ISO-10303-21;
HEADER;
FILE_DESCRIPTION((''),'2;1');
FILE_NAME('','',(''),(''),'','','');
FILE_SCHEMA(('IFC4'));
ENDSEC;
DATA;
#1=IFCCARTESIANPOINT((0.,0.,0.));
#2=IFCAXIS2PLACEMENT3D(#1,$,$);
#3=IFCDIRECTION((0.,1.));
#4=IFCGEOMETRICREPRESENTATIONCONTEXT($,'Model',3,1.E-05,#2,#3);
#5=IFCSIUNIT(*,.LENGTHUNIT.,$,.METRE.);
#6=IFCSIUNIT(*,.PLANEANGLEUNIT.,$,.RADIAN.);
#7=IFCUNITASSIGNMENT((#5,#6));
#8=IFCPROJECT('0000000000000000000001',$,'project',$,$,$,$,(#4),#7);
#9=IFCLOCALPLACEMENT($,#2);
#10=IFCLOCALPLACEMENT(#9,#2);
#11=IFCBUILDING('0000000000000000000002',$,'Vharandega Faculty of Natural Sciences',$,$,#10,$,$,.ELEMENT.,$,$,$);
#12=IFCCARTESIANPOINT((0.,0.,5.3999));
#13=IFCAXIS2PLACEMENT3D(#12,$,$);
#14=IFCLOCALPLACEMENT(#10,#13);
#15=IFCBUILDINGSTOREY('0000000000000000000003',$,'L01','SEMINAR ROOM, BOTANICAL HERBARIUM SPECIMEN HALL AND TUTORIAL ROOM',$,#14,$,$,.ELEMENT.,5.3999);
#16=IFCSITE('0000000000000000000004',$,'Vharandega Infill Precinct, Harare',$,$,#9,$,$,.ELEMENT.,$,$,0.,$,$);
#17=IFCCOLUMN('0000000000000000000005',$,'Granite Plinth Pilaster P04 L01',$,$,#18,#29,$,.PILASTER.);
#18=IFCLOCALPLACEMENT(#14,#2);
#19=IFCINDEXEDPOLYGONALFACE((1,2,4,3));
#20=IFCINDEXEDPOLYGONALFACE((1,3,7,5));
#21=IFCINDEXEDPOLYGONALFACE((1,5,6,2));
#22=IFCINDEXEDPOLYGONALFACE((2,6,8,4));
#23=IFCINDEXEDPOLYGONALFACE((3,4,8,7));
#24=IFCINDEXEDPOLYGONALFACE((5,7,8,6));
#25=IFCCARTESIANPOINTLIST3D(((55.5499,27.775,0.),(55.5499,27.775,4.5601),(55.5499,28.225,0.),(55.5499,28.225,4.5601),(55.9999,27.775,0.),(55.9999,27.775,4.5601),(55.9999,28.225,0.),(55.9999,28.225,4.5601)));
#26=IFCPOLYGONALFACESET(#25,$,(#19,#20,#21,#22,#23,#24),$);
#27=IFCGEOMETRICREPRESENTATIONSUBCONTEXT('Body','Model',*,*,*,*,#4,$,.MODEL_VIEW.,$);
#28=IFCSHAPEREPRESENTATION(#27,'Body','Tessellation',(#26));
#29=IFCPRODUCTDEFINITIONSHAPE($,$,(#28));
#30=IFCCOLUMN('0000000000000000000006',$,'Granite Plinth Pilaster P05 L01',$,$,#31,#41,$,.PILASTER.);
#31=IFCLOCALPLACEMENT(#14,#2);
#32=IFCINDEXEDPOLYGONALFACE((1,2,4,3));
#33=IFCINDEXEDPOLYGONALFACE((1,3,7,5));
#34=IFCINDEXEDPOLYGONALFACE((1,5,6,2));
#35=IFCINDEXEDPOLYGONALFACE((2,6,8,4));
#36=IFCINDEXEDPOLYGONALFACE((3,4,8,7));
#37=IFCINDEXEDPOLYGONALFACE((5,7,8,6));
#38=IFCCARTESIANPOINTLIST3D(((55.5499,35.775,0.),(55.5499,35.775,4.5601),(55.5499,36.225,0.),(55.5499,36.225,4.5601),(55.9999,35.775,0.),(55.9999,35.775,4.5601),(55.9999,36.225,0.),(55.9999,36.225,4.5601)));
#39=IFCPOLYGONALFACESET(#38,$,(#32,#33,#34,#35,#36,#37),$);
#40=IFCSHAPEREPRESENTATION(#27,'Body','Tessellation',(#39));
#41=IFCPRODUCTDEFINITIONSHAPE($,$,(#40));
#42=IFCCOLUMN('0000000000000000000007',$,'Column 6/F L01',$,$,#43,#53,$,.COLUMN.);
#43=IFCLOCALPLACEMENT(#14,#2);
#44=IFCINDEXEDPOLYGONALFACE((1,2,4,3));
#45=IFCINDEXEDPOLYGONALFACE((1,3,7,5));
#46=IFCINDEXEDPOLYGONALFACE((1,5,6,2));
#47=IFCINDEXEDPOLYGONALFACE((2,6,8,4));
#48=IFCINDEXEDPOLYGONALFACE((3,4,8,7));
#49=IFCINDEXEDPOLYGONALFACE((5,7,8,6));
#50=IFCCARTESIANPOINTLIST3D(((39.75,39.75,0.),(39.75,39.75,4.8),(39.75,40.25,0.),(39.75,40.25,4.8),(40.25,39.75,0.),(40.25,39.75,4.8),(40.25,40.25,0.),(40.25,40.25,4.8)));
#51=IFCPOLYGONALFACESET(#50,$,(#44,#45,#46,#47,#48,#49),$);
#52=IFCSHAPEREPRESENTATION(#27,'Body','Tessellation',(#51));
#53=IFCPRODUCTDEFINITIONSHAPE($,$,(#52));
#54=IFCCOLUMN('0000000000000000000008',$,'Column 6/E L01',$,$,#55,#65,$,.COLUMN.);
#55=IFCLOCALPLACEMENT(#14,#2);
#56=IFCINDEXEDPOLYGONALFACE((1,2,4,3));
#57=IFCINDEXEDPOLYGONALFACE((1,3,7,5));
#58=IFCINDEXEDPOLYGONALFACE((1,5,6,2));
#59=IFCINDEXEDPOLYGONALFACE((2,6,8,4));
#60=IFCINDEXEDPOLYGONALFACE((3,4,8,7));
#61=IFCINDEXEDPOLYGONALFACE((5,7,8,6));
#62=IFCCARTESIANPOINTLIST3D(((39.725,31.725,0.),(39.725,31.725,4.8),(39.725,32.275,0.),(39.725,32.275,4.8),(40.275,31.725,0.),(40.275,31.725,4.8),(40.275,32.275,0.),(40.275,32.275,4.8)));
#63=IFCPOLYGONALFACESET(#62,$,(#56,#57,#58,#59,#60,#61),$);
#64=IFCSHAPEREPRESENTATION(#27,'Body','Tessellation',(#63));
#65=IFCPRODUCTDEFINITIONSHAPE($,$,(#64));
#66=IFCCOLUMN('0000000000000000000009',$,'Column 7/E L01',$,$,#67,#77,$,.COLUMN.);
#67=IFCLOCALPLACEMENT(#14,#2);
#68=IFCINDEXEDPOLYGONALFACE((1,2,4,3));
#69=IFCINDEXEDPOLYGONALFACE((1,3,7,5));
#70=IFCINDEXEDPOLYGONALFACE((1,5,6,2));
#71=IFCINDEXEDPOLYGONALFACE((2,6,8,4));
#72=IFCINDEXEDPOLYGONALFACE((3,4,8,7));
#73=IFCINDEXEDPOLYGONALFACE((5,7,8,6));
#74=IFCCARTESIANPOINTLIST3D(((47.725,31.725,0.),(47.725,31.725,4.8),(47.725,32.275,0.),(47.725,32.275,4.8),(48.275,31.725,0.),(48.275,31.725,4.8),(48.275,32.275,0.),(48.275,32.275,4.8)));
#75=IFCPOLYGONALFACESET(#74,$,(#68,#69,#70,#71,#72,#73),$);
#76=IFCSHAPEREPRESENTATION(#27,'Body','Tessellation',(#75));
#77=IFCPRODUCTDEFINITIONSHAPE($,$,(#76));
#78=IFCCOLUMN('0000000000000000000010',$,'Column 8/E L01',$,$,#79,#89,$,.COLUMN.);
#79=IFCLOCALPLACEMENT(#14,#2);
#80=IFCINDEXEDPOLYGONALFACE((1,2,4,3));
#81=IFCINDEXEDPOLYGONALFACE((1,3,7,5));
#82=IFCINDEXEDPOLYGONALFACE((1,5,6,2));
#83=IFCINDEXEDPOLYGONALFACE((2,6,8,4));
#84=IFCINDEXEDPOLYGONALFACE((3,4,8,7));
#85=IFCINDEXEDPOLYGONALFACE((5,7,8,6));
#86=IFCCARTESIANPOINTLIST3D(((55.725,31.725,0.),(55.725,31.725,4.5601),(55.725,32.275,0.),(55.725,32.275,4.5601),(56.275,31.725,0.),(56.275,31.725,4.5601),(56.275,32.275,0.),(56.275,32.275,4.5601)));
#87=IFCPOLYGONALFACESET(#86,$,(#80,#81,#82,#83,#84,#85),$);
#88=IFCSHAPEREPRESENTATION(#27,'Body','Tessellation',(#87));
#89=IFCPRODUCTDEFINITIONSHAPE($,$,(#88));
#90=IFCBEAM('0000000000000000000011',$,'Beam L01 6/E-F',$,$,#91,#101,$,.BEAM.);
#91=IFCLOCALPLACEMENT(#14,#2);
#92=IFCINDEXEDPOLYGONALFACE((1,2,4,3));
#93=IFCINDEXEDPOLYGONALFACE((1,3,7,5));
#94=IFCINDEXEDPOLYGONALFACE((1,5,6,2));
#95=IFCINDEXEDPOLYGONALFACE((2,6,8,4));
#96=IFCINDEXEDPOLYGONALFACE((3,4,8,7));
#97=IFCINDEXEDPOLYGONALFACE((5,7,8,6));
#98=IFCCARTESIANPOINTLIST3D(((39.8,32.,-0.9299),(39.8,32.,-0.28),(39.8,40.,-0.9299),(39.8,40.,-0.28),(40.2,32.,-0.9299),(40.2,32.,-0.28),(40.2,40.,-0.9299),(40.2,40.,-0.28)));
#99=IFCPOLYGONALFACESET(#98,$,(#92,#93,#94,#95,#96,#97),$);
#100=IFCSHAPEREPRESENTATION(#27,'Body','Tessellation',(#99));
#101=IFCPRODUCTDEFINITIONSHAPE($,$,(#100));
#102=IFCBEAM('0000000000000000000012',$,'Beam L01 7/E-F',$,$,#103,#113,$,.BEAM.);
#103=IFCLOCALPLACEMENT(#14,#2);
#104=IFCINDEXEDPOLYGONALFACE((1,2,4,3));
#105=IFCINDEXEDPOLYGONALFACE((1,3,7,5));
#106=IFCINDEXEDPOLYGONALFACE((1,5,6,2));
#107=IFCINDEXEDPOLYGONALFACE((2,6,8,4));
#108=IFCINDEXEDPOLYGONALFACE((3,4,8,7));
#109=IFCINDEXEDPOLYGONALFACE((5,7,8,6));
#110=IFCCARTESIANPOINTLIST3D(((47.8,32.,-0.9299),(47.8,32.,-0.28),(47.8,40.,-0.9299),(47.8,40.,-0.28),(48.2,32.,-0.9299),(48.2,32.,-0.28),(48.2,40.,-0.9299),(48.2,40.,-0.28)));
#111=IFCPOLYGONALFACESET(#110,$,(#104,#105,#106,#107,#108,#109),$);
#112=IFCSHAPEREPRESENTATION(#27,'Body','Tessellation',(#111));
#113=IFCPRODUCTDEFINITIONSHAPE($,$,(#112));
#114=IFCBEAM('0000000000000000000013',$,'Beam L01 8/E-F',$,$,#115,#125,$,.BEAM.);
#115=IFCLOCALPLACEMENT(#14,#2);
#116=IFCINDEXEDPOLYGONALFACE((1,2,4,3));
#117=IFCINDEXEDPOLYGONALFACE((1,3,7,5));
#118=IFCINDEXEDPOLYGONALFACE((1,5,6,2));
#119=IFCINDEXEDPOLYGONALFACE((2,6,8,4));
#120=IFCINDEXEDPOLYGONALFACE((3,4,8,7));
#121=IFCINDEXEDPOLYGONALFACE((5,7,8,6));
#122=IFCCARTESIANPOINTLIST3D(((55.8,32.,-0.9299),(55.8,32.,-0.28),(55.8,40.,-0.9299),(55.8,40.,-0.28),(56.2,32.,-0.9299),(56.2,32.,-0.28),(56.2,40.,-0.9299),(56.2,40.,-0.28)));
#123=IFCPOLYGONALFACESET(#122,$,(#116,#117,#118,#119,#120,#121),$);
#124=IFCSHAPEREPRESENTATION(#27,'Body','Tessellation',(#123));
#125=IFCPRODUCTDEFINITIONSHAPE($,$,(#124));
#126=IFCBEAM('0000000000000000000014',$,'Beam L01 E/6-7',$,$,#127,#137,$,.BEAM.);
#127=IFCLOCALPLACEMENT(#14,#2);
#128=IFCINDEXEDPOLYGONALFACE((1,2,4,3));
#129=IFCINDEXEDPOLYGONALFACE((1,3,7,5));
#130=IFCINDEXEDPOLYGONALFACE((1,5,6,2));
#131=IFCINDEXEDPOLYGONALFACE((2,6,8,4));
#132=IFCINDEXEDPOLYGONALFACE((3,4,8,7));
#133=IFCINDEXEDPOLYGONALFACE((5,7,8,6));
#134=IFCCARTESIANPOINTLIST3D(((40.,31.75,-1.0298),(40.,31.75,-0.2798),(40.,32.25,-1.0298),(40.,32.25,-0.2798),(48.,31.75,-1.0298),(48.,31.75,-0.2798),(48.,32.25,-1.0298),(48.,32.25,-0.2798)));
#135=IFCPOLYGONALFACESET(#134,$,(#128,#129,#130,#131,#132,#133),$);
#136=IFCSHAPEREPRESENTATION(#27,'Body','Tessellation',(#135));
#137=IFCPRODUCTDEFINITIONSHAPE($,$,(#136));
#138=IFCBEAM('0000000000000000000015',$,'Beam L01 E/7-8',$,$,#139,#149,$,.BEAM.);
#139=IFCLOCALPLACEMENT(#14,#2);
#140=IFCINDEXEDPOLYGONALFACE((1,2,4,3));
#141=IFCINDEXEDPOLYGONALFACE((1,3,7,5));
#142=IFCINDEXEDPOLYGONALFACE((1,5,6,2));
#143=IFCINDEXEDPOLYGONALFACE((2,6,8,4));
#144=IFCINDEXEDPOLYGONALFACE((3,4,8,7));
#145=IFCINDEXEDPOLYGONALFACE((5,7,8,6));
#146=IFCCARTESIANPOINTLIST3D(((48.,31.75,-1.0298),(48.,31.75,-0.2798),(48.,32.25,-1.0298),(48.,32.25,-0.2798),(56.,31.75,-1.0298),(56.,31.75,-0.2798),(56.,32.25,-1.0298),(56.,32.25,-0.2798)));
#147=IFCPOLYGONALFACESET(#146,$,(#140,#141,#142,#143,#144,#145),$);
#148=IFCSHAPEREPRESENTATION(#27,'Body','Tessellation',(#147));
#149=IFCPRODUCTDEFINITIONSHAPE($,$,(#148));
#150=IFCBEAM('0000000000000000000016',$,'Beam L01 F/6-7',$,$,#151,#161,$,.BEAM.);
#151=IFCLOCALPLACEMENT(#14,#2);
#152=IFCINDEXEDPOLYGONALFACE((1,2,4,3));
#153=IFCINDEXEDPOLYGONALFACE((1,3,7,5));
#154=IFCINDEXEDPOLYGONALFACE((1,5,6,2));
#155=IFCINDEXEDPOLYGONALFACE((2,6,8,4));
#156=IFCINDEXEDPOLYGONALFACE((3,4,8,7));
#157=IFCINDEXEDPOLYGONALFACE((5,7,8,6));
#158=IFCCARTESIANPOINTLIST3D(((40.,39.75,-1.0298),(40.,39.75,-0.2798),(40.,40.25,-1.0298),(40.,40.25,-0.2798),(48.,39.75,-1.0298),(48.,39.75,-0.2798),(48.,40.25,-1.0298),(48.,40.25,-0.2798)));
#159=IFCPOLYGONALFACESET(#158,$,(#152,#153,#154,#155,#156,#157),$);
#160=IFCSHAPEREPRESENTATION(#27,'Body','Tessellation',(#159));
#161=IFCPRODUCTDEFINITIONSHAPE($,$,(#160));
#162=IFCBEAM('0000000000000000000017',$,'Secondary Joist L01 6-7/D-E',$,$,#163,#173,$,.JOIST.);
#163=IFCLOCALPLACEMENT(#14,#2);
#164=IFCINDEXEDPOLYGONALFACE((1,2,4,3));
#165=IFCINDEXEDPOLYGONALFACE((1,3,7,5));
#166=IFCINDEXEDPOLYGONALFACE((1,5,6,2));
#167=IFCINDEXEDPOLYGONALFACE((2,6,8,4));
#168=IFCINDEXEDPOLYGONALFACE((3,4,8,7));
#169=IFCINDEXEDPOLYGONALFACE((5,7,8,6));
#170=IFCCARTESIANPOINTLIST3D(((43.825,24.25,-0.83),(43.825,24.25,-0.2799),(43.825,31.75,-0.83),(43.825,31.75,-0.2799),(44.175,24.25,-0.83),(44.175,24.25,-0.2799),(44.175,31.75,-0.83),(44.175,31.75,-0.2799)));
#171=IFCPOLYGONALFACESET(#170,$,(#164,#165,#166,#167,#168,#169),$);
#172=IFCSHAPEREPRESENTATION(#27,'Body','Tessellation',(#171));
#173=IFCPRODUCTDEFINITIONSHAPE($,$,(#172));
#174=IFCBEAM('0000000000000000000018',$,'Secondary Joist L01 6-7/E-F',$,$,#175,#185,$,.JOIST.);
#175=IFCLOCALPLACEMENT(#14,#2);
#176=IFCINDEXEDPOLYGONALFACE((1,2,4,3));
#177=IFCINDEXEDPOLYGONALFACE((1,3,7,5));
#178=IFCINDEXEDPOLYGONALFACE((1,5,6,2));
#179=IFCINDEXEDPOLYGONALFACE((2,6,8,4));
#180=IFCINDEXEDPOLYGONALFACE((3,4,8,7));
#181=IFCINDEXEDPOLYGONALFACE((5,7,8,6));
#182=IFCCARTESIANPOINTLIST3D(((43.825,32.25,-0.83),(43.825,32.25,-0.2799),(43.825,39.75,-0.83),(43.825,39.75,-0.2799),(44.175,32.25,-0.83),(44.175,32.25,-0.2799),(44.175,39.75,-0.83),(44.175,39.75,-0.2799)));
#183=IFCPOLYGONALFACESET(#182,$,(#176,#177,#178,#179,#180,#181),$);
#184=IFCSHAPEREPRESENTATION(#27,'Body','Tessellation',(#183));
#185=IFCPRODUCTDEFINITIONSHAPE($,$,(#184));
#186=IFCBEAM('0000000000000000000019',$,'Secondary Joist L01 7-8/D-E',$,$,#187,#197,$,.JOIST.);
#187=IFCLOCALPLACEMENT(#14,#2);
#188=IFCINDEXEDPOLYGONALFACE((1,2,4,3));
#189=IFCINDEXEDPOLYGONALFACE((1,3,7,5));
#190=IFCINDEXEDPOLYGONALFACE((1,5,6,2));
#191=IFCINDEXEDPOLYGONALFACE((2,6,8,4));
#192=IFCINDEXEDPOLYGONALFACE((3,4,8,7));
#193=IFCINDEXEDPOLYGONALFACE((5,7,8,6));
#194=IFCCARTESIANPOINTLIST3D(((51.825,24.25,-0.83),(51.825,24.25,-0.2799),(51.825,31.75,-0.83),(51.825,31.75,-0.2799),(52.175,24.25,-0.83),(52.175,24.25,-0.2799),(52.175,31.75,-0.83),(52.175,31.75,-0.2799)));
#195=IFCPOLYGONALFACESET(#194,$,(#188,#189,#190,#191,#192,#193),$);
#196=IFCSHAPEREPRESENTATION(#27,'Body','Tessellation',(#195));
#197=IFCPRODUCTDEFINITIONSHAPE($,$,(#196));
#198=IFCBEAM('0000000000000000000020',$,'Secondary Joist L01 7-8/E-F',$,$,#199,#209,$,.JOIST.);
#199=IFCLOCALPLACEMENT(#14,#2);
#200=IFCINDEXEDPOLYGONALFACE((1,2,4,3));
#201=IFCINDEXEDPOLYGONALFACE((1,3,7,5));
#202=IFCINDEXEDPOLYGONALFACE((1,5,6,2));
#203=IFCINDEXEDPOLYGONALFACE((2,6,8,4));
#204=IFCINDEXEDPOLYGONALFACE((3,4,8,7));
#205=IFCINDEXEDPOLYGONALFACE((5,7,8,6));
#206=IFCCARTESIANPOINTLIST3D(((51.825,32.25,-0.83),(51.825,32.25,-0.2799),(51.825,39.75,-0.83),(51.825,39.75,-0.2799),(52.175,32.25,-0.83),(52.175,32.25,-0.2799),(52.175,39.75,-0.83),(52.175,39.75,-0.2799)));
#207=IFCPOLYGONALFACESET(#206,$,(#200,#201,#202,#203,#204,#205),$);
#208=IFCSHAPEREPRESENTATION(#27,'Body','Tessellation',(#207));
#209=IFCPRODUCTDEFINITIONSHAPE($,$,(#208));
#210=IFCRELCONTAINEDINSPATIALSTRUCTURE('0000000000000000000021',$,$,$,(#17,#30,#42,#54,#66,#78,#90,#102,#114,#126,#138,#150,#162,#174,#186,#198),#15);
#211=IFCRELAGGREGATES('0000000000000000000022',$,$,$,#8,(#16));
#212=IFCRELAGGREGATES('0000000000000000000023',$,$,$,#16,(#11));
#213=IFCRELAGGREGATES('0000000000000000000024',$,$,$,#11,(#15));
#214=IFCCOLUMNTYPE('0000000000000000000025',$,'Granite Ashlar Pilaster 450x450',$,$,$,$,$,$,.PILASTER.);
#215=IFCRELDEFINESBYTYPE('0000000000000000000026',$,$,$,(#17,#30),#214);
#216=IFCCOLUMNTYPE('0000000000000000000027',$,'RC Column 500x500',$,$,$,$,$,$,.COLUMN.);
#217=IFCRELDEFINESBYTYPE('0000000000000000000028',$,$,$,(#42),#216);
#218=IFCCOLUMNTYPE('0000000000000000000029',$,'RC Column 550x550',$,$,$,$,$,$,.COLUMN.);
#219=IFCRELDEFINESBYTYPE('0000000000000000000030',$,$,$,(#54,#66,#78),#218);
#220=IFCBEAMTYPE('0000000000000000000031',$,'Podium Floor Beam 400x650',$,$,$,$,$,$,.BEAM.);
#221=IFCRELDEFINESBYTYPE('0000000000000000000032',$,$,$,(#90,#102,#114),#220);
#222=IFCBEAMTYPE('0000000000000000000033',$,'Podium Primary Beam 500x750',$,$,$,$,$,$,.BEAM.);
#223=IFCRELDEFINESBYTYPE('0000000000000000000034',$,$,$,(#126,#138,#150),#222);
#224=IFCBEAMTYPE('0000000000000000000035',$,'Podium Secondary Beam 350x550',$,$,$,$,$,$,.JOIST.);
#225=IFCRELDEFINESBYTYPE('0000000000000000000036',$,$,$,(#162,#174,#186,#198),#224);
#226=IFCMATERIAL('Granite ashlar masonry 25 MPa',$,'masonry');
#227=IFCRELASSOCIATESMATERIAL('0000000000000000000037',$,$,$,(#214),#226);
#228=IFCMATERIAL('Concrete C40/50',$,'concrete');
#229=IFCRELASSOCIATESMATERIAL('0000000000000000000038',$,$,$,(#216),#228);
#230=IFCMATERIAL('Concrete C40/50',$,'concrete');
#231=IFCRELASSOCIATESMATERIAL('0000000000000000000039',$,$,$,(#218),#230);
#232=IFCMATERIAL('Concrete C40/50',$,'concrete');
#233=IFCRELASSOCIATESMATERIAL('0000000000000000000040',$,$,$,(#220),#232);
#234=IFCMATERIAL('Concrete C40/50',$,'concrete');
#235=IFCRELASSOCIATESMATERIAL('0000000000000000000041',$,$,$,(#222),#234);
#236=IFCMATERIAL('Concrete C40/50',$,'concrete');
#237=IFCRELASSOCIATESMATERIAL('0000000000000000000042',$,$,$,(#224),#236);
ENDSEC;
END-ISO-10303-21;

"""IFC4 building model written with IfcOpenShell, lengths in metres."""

from ifc_helpers import new_model, si_unit, direction, frame, origin, origin_2d, place, context, subcontext, project, spatial, rectangle, extrude, material, material_profile, profile_set, type_object, element, save


model = new_model("IFC4")

# Units and contexts
model_context = context("Model", 3, precision=1e-05, world=origin(), true_north=direction((0.0, 1.0)))
body_context = subcontext(model_context, "Body", "Model", "MODEL_VIEW")
ifc_project = project(units=[si_unit("LENGTHUNIT", "METRE"), si_unit("PLANEANGLEUNIT", "RADIAN")], contexts=[model_context])

# Site, building, storey
site_placement = place(None, origin())
site = spatial("IfcSite", under=ifc_project, at=site_placement, Name="Vharandega Infill Precinct, Harare", CompositionType="ELEMENT", RefElevation=0.0)
building_placement = place(site_placement, origin())
building = spatial("IfcBuilding", under=site, at=building_placement, Name="Vharandega Faculty of Natural Sciences", CompositionType="ELEMENT")
storey_placement = place(building_placement, frame((0.0, 0.0, 5.3999)))
storey = spatial("IfcBuildingStorey", under=building, at=storey_placement, Name="L01", Description="SEMINAR ROOM, BOTANICAL HERBARIUM SPECIMEN HALL AND TUTORIAL ROOM", CompositionType="ELEMENT", Elevation=5.3999)

# Columns
ifc_material_1 = material(Name="Granite ashlar masonry 25 MPa", Category="masonry")
ifc_material_profile_1 = material_profile(ifc_material_1, rectangle(XDim=0.45, YDim=0.45, at=origin_2d()), Name="RECT 450X450")
ifc_profile_set_1 = profile_set([ifc_material_profile_1], Name="Granite ashlar masonry 25 MPa")
column_type_1 = type_object("IfcColumnType", Name="Granite Ashlar Pilaster 450x450", PredefinedType="PILASTER", material=ifc_profile_set_1)
for number, where, z_axis, x_axis, name in (
    (1, (55.7749, 28.0, 0.0), (0.0, 0.0, 1.0), (1.0, 0.0, 0.0), "Granite Plinth Pilaster P04 L01"),
    (2, (55.7749, 36.0, 0.0), (0.0, 0.0, 1.0), (1.0, 0.0, 0.0), "Granite Plinth Pilaster P05 L01"),
):
    element("IfcColumn", number, at=place(storey_placement, frame(where, z_axis=z_axis, x_axis=x_axis)), inside=storey, type_object=column_type_1, Name=name, PredefinedType="PILASTER", context=body_context, shape_type="SweptSolid", body=[
        extrude(rectangle(XDim=0.45, YDim=0.45, at=origin_2d()), origin(), (0.0, 0.0, 1.0), 4.5601),
    ])
ifc_material_2 = material(Name="Concrete C40/50", Category="concrete")
ifc_material_profile_2 = material_profile(ifc_material_2, rectangle(XDim=0.5, YDim=0.5, at=origin_2d()), Name="RC 500x500")
ifc_profile_set_2 = profile_set([ifc_material_profile_2], Name="Concrete C40/50")
column_type_2 = type_object("IfcColumnType", Name="RC Column 500x500", PredefinedType="COLUMN", material=ifc_profile_set_2)
column_1_placement = place(storey_placement, frame((40.0, 40.0, 0.0), z_axis=(0.0, 0.0, 1.0), x_axis=(1.0, 0.0, 0.0)))
element("IfcColumn", 3, at=column_1_placement, inside=storey, type_object=column_type_2, Name="Column 6/F L01", PredefinedType="COLUMN", context=body_context, shape_type="SweptSolid", body=[
    extrude(rectangle(XDim=0.5, YDim=0.5, at=origin_2d()), origin(), (0.0, 0.0, 1.0), 4.8),
])
ifc_material_3 = material(Name="Concrete C40/50", Category="concrete")
ifc_material_profile_3 = material_profile(ifc_material_3, rectangle(XDim=0.55, YDim=0.55, at=origin_2d()), Name="RC 550x550")
ifc_profile_set_3 = profile_set([ifc_material_profile_3], Name="Concrete C40/50")
column_type_3 = type_object("IfcColumnType", Name="RC Column 550x550", PredefinedType="COLUMN", material=ifc_profile_set_3)
for number, where, z_axis, x_axis, name in (
    (4, (40.0, 32.0, 0.0), (0.0, 0.0, 1.0), (1.0, 0.0, 0.0), "Column 6/E L01"),
    (5, (48.0, 32.0, 0.0), (0.0, 0.0, 1.0), (1.0, 0.0, 0.0), "Column 7/E L01"),
):
    element("IfcColumn", number, at=place(storey_placement, frame(where, z_axis=z_axis, x_axis=x_axis)), inside=storey, type_object=column_type_3, Name=name, PredefinedType="COLUMN", context=body_context, shape_type="SweptSolid", body=[
        extrude(rectangle(XDim=0.55, YDim=0.55, at=origin_2d()), origin(), (0.0, 0.0, 1.0), 4.8),
    ])
column_2_placement = place(storey_placement, frame((56.0, 32.0, 0.0), z_axis=(0.0, 0.0, 1.0), x_axis=(1.0, 0.0, 0.0)))
element("IfcColumn", 6, at=column_2_placement, inside=storey, type_object=column_type_3, Name="Column 8/E L01", PredefinedType="COLUMN", context=body_context, shape_type="SweptSolid", body=[
    extrude(rectangle(XDim=0.55, YDim=0.55, at=origin_2d()), origin(), (0.0, 0.0, 1.0), 4.5601),
])

# Beams
ifc_material_4 = material(Name="Concrete C40/50", Category="concrete")
ifc_material_profile_4 = material_profile(ifc_material_4, rectangle(XDim=0.3999, YDim=0.6499, at=origin_2d()), Name="RC 400x650")
ifc_profile_set_4 = profile_set([ifc_material_profile_4], Name="Concrete C40/50")
beam_type_1 = type_object("IfcBeamType", Name="Podium Floor Beam 400x650", PredefinedType="BEAM", material=ifc_profile_set_4)
for number, where, z_axis, x_axis, name in (
    (7, (40.0, 32.0, -0.605), (0.0, 1.0, 0.0), (-1.0, 0.0, 0.0), "Beam L01 6/E-F"),
    (8, (48.0, 32.0, -0.605), (0.0, 1.0, 0.0), (-1.0, 0.0, 0.0), "Beam L01 7/E-F"),
    (9, (56.0, 32.0, -0.605), (0.0, 1.0, 0.0), (-1.0, 0.0, 0.0), "Beam L01 8/E-F"),
):
    element("IfcBeam", number, at=place(storey_placement, frame(where, z_axis=z_axis, x_axis=x_axis)), inside=storey, type_object=beam_type_1, Name=name, PredefinedType="BEAM", context=body_context, shape_type="SweptSolid", body=[
        extrude(rectangle(XDim=0.3999, YDim=0.6499, at=origin_2d()), origin(), (0.0, 0.0, 1.0), 8.0),
    ])
ifc_material_5 = material(Name="Concrete C40/50", Category="concrete")
ifc_material_profile_5 = material_profile(ifc_material_5, rectangle(XDim=0.5, YDim=0.75, at=origin_2d()), Name="RC 500x750")
ifc_profile_set_5 = profile_set([ifc_material_profile_5], Name="Concrete C40/50")
beam_type_2 = type_object("IfcBeamType", Name="Podium Primary Beam 500x750", PredefinedType="BEAM", material=ifc_profile_set_5)
for number, where, z_axis, x_axis, name in (
    (10, (40.0, 32.0, -0.6548), (1.0, 0.0, 0.0), (0.0, 1.0, 0.0), "Beam L01 E/6-7"),
    (11, (48.0, 32.0, -0.6548), (1.0, 0.0, 0.0), (0.0, 1.0, 0.0), "Beam L01 E/7-8"),
    (12, (40.0, 40.0, -0.6548), (1.0, 0.0, 0.0), (0.0, 1.0, 0.0), "Beam L01 F/6-7"),
):
    element("IfcBeam", number, at=place(storey_placement, frame(where, z_axis=z_axis, x_axis=x_axis)), inside=storey, type_object=beam_type_2, Name=name, PredefinedType="BEAM", context=body_context, shape_type="SweptSolid", body=[
        extrude(rectangle(XDim=0.5, YDim=0.75, at=origin_2d()), origin(), (0.0, 0.0, 1.0), 8.0),
    ])
ifc_material_6 = material(Name="Concrete C40/50", Category="concrete")
ifc_material_profile_6 = material_profile(ifc_material_6, rectangle(XDim=0.3501, YDim=0.55, at=origin_2d()), Name="RC 350x550")
ifc_profile_set_6 = profile_set([ifc_material_profile_6], Name="Concrete C40/50")
beam_type_3 = type_object("IfcBeamType", Name="Podium Secondary Beam 350x550", PredefinedType="JOIST", material=ifc_profile_set_6)
for number, where, z_axis, x_axis, name in (
    (13, (44.0, 24.25, -0.5549), (0.0, 1.0, 0.0), (-1.0, 0.0, 0.0), "Secondary Joist L01 6-7/D-E"),
    (14, (44.0, 32.25, -0.5549), (0.0, 1.0, 0.0), (-1.0, 0.0, 0.0), "Secondary Joist L01 6-7/E-F"),
    (15, (52.0, 24.25, -0.5549), (0.0, 1.0, 0.0), (-1.0, 0.0, 0.0), "Secondary Joist L01 7-8/D-E"),
    (16, (52.0, 32.25, -0.5549), (0.0, 1.0, 0.0), (-1.0, 0.0, 0.0), "Secondary Joist L01 7-8/E-F"),
):
    element("IfcBeam", number, at=place(storey_placement, frame(where, z_axis=z_axis, x_axis=x_axis)), inside=storey, type_object=beam_type_3, Name=name, PredefinedType="JOIST", context=body_context, shape_type="SweptSolid", body=[
        extrude(rectangle(XDim=0.3501, YDim=0.55, at=origin_2d()), origin(), (0.0, 0.0, 1.0), 7.5),
    ])

save(model, "model.ifc")
